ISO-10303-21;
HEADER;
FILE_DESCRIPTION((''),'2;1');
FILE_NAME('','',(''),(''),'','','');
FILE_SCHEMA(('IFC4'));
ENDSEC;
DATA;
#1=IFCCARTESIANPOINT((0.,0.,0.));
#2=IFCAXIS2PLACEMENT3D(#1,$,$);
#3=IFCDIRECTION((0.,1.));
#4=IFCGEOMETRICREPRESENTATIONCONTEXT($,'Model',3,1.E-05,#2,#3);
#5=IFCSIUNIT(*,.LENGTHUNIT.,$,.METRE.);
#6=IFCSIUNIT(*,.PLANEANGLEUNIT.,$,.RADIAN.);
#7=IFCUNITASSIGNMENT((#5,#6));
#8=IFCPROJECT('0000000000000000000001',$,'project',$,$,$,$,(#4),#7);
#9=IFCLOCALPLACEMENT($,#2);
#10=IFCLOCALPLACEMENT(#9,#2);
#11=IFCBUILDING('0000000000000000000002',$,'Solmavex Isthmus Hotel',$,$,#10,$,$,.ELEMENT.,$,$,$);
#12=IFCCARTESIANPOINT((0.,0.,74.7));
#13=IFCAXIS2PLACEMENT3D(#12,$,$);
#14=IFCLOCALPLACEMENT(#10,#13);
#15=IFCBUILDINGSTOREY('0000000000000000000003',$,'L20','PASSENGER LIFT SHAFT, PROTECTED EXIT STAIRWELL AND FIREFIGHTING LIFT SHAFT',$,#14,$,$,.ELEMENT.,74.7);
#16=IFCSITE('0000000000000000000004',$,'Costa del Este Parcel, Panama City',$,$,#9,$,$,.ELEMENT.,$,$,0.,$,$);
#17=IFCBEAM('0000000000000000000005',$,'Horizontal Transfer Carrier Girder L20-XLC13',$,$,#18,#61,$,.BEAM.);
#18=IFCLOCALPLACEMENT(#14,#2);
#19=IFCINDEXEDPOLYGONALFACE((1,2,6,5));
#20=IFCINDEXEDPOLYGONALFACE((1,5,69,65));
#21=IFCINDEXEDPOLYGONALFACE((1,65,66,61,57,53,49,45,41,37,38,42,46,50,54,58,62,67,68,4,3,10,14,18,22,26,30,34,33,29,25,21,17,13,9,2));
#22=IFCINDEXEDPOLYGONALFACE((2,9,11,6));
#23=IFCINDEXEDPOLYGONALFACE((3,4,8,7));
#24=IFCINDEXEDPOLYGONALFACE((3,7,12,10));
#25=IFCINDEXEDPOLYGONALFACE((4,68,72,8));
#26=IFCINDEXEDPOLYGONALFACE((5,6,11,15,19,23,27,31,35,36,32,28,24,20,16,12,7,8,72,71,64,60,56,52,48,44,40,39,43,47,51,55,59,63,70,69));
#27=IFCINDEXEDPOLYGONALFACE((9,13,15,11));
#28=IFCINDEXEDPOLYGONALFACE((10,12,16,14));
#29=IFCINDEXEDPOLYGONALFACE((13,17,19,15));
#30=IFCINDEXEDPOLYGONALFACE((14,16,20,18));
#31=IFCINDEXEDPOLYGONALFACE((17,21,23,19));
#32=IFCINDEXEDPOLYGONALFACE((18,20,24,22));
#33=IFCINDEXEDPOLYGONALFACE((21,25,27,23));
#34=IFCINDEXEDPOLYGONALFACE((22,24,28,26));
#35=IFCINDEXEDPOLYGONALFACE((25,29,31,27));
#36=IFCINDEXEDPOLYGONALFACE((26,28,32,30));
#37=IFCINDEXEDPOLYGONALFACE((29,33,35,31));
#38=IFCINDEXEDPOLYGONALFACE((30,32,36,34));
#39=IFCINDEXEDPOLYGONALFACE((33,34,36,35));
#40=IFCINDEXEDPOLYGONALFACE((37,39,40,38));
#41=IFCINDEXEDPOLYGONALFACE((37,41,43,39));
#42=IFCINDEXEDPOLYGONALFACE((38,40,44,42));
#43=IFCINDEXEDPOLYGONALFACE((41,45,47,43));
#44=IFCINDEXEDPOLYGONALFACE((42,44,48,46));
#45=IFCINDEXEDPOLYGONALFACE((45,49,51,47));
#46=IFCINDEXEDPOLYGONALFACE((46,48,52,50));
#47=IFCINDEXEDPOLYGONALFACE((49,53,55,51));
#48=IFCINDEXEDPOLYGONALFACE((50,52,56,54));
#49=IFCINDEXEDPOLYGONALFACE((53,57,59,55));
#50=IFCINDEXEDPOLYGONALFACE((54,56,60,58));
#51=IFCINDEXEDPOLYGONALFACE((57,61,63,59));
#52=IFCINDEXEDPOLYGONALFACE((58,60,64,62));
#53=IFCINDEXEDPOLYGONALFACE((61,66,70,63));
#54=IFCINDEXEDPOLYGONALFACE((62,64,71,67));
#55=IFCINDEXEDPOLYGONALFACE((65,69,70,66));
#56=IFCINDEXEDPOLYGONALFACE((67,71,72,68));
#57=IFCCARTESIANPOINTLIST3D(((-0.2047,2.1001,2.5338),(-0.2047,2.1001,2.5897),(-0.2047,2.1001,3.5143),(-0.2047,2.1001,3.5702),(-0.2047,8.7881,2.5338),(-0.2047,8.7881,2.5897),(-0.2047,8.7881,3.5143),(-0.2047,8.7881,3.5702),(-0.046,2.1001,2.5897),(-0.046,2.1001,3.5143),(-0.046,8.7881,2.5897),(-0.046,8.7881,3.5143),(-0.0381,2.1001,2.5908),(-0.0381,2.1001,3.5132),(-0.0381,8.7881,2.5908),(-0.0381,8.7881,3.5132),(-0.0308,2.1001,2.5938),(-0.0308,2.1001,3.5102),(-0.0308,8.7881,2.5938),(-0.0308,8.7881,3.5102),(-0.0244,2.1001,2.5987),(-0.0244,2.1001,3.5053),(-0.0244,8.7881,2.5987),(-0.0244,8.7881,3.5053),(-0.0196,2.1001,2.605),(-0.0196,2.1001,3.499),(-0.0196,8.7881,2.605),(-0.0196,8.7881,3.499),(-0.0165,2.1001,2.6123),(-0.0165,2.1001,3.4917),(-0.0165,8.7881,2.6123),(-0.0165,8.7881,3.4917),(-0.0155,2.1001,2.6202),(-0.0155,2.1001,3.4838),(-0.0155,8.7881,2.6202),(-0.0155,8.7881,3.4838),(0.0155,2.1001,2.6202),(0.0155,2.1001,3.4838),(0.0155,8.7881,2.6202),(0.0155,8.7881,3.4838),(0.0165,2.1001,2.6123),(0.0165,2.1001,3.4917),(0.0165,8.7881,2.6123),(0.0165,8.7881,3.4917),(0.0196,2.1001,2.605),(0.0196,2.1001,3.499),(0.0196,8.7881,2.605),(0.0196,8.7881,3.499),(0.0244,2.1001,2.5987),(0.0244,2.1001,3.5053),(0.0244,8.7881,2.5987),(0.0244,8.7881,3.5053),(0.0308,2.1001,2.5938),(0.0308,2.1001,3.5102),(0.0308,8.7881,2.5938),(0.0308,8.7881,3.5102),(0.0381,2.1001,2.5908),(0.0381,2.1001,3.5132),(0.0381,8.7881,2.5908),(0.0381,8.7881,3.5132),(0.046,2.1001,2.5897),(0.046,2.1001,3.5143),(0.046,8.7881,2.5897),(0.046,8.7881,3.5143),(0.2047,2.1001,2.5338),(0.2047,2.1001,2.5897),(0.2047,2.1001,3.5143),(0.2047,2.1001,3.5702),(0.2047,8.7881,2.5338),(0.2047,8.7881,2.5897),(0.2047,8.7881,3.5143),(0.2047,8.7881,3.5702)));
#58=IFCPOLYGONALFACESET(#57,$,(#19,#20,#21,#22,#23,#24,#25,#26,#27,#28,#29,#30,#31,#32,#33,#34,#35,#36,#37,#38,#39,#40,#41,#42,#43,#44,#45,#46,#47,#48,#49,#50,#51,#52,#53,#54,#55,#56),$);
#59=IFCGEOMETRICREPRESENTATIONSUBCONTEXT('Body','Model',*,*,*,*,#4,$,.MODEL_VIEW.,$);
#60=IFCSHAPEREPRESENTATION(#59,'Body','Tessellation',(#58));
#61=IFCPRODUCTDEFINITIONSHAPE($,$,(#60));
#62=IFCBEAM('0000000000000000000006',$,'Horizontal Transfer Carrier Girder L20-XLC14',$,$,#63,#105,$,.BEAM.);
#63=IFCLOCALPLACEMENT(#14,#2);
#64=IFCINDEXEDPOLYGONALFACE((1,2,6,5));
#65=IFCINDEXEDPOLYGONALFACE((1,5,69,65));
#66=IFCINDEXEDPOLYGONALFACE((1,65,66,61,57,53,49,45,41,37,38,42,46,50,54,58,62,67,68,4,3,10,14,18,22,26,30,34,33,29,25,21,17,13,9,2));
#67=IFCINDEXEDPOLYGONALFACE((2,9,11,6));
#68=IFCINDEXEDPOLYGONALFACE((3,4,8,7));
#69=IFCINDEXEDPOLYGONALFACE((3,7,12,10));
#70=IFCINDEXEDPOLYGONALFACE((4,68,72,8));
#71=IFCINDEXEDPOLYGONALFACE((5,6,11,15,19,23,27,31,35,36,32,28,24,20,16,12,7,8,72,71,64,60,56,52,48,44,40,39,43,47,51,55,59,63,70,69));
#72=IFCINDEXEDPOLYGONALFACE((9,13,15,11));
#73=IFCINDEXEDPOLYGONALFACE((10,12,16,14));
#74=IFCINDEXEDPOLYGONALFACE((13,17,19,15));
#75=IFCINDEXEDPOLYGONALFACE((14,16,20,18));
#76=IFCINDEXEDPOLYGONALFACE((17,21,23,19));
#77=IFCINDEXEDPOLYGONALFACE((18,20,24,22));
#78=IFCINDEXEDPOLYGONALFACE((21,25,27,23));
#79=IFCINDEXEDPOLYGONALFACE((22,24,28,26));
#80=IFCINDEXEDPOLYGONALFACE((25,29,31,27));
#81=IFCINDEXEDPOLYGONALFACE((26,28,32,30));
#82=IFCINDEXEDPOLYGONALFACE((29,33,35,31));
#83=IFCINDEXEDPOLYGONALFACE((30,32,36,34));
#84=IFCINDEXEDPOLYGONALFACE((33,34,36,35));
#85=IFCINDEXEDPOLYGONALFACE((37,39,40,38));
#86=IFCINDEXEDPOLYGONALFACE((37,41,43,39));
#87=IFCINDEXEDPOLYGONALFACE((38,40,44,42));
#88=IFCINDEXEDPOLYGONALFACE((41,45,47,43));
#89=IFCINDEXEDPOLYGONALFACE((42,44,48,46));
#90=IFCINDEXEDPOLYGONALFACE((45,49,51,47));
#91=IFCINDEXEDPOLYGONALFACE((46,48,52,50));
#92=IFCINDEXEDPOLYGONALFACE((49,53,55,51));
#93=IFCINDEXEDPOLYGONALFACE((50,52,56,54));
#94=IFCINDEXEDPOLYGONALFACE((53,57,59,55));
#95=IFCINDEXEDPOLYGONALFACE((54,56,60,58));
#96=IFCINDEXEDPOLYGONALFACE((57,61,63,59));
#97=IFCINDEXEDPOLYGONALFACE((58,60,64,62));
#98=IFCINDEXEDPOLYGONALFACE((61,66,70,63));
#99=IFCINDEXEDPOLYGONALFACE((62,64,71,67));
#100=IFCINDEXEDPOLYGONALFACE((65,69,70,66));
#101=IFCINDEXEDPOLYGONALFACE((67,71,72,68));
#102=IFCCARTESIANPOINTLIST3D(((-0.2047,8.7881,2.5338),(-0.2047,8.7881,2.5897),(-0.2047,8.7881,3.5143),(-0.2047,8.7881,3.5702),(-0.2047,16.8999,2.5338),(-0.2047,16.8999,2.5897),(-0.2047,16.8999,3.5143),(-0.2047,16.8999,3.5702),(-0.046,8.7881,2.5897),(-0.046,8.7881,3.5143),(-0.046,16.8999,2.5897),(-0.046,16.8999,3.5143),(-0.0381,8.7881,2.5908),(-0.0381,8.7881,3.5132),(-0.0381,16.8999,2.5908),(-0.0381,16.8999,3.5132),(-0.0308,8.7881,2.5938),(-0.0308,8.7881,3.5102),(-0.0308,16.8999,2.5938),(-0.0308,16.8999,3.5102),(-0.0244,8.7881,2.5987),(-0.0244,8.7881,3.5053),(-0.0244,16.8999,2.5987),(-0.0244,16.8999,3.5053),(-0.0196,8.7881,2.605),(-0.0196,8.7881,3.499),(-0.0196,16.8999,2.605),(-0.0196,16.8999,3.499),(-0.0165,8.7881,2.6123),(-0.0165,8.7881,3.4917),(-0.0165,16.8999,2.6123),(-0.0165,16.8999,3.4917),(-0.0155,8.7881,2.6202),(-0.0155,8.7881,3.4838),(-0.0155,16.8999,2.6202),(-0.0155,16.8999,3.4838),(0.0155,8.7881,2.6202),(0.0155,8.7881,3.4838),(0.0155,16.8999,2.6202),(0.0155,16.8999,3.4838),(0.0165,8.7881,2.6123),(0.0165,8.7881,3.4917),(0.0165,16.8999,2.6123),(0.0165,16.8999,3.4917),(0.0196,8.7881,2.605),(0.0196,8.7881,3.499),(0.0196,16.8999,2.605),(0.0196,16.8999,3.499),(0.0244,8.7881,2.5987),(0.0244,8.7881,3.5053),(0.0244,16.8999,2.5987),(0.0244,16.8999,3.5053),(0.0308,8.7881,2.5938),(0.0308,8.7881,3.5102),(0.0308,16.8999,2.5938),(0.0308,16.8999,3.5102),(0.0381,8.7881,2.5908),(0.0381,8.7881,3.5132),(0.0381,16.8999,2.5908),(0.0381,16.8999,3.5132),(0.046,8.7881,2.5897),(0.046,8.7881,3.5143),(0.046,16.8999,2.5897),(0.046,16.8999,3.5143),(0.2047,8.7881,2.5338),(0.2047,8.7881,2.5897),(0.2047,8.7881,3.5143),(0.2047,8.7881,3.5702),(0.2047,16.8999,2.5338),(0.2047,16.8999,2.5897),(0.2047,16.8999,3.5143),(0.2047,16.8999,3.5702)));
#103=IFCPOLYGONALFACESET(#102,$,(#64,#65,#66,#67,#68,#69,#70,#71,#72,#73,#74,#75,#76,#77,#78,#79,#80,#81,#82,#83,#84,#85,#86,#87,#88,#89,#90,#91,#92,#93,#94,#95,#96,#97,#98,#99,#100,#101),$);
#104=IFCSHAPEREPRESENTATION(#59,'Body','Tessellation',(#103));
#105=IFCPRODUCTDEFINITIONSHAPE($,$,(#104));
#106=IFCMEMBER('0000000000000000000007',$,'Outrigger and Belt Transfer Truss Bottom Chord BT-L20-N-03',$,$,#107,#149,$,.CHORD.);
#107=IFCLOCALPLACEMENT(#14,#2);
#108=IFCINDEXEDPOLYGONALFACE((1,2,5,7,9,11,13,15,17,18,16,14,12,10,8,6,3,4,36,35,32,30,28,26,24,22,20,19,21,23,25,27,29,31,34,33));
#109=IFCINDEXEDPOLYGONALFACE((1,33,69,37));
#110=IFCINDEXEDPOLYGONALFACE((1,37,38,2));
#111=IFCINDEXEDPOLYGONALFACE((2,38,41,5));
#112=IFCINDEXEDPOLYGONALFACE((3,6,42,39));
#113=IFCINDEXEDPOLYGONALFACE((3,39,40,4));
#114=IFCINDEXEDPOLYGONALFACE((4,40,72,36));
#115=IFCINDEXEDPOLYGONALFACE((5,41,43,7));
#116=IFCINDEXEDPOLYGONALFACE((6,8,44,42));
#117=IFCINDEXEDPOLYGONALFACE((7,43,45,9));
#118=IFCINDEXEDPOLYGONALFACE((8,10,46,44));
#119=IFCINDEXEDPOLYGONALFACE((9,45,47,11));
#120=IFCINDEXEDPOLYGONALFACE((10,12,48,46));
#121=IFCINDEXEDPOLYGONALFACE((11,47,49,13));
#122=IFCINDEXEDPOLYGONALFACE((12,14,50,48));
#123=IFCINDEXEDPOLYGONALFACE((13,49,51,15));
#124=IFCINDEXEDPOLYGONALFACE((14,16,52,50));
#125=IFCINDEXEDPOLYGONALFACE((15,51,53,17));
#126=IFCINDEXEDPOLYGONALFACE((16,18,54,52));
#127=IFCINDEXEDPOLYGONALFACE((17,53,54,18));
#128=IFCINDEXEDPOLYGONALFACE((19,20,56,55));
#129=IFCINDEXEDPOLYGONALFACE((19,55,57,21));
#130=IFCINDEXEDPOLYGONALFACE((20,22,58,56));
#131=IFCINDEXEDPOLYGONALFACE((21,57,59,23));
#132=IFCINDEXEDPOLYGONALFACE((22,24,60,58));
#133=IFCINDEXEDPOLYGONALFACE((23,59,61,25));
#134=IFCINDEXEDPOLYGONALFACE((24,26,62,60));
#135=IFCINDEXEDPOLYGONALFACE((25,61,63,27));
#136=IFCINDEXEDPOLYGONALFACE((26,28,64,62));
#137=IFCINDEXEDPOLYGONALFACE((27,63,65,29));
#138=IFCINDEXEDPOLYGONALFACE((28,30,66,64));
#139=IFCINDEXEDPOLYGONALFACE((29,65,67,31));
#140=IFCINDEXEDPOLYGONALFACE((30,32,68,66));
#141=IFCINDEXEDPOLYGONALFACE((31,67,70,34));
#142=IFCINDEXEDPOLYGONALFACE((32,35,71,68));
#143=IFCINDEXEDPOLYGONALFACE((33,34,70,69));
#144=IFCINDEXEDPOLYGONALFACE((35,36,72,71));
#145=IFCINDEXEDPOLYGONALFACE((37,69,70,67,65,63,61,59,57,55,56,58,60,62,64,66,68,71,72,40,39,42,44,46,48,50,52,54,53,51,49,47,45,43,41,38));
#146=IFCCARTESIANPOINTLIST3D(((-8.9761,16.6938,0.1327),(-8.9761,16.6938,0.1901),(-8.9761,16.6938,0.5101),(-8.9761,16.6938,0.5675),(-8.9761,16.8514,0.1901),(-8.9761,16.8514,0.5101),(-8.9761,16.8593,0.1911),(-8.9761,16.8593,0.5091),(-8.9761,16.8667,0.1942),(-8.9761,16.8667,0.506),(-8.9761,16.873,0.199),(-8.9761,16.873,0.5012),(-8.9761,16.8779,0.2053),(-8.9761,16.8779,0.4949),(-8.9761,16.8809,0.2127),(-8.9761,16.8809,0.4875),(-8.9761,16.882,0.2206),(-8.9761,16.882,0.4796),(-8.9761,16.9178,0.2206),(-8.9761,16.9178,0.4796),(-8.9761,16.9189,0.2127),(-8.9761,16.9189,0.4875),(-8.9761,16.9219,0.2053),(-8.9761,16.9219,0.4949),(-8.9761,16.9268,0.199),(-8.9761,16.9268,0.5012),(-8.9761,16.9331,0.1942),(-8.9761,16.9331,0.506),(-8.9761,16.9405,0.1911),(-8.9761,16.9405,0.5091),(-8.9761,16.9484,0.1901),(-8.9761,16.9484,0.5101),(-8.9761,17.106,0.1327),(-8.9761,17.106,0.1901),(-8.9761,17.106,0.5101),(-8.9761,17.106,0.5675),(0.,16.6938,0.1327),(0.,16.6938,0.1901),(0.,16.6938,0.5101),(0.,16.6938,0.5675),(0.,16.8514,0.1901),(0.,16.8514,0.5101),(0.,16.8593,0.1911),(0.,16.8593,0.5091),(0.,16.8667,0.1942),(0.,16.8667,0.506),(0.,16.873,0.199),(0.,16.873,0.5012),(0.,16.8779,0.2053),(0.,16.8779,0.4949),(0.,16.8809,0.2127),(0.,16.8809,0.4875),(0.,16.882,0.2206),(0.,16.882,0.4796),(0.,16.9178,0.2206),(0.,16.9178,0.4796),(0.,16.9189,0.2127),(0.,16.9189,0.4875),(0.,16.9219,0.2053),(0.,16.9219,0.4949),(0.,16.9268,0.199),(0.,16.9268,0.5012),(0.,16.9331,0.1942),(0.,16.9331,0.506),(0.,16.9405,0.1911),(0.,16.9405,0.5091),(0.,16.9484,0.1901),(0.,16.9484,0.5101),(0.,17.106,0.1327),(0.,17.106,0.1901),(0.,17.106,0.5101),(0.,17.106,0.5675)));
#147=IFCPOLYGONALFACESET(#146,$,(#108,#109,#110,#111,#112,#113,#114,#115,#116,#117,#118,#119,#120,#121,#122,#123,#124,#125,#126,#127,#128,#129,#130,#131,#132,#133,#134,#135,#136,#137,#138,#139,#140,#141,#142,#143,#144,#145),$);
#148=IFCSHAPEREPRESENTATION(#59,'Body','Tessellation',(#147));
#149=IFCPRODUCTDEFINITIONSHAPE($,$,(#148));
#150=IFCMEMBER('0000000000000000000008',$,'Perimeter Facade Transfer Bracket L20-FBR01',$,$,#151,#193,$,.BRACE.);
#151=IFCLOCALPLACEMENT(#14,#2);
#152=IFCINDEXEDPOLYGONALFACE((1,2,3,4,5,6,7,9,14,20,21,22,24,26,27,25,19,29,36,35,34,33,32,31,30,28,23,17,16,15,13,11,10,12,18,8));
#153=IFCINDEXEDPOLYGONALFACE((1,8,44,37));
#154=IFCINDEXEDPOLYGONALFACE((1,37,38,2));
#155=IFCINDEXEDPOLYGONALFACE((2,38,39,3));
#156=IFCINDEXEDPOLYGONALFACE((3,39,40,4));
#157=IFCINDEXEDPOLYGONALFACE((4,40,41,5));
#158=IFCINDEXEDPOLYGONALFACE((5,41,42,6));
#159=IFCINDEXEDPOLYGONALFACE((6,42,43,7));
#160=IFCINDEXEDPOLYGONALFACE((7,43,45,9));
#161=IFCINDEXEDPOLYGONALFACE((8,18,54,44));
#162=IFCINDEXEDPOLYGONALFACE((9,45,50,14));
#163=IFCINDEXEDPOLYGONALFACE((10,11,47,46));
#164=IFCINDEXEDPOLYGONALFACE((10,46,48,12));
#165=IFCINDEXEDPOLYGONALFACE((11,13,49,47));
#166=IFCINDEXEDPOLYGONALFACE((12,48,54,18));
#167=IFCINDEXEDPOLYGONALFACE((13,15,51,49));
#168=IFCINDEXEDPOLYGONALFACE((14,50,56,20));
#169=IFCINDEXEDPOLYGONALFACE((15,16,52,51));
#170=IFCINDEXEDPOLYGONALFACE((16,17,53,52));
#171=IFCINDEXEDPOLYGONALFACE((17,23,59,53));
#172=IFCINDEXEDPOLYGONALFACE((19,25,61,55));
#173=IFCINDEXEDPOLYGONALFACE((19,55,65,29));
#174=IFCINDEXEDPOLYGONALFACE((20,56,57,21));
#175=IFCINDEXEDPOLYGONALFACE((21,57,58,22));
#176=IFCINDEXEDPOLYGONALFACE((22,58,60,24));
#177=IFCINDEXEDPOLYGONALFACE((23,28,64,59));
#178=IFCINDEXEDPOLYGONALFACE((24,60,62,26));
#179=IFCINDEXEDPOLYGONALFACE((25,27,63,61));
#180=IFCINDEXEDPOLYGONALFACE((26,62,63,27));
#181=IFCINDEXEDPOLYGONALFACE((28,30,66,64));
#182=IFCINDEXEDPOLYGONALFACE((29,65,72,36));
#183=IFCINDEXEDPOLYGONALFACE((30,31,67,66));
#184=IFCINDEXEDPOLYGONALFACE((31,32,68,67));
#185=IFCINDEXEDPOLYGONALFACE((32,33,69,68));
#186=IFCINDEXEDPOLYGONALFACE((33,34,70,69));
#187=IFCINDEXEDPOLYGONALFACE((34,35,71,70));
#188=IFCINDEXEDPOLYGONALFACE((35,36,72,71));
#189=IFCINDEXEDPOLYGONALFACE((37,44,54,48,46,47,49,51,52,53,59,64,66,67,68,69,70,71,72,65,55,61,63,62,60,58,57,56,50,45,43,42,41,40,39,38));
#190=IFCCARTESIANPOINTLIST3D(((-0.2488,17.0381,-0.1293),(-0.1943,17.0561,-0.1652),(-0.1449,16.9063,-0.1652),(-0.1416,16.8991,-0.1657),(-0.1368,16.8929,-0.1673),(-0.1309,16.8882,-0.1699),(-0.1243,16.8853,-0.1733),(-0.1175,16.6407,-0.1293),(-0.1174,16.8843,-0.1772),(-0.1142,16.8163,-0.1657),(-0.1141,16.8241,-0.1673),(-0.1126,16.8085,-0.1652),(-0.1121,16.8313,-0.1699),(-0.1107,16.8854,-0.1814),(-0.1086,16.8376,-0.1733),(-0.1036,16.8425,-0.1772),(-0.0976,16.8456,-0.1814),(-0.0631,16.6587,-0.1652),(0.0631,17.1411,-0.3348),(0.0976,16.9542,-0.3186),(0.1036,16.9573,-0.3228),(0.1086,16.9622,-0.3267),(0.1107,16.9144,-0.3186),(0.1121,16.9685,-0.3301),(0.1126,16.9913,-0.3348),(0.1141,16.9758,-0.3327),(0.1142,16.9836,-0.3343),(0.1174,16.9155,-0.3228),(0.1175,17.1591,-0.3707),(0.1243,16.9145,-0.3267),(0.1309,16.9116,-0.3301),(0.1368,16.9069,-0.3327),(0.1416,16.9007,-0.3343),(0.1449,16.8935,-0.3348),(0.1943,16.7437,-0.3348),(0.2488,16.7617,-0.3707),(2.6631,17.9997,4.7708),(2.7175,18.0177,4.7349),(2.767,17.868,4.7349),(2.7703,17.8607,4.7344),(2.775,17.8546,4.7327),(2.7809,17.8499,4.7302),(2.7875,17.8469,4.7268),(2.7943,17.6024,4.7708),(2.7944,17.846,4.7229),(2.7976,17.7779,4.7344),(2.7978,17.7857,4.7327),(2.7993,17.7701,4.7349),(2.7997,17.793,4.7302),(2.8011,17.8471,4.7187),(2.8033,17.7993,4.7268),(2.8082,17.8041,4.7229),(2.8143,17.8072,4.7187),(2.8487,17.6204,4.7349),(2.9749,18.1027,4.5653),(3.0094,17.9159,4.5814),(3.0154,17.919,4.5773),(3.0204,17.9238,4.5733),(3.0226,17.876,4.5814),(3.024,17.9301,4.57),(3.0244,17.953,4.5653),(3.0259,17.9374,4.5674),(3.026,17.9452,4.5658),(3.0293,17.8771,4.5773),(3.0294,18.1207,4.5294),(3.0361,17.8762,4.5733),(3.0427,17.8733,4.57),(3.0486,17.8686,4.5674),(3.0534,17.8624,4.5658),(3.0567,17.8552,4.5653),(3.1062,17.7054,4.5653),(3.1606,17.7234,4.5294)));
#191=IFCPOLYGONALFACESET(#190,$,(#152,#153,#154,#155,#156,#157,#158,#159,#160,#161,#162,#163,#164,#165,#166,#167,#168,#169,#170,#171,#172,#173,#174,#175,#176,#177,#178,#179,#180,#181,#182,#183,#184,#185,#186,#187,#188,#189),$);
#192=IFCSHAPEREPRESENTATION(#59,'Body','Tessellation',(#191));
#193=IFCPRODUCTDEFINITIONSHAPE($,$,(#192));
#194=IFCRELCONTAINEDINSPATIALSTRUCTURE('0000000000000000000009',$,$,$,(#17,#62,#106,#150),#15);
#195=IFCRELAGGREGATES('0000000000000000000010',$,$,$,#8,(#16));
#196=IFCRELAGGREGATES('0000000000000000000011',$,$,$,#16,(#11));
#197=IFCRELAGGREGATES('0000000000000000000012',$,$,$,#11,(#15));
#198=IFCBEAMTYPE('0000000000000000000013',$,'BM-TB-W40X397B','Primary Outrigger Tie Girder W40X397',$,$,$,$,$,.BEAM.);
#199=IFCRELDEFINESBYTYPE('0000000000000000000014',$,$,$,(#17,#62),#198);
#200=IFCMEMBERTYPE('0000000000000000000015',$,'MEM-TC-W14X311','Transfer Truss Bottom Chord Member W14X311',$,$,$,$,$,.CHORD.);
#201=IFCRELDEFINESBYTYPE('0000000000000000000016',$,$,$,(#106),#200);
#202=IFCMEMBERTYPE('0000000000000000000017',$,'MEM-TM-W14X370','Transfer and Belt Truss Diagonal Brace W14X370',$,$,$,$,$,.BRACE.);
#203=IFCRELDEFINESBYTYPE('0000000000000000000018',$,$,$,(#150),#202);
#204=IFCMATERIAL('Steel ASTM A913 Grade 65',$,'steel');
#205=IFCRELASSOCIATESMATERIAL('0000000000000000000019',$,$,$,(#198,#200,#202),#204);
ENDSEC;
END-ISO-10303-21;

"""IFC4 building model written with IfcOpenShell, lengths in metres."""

from ifc_helpers import new_model, si_unit, direction, frame, origin, origin_2d, place, context, subcontext, project, spatial, i_section, extrude, material, material_profile, profile_set, type_object, element, save


model = new_model("IFC4")

# Units and contexts
model_context = context("Model", 3, precision=1e-05, world=origin(), true_north=direction((0.0, 1.0)))
body_context = subcontext(model_context, "Body", "Model", "MODEL_VIEW")
ifc_project = project(units=[si_unit("LENGTHUNIT", "METRE"), si_unit("PLANEANGLEUNIT", "RADIAN")], contexts=[model_context])

# Site, building, storey
site_placement = place(None, origin())
site = spatial("IfcSite", under=ifc_project, at=site_placement, Name="Costa del Este Parcel, Panama City", CompositionType="ELEMENT", RefElevation=0.0)
building_placement = place(site_placement, origin())
building = spatial("IfcBuilding", under=site, at=building_placement, Name="Solmavex Isthmus Hotel", CompositionType="ELEMENT")
storey_placement = place(building_placement, frame((0.0, 0.0, 74.7)))
storey = spatial("IfcBuildingStorey", under=building, at=storey_placement, Name="L20", Description="PASSENGER LIFT SHAFT, PROTECTED EXIT STAIRWELL AND FIREFIGHTING LIFT SHAFT", CompositionType="ELEMENT", Elevation=74.7)

# Shared definitions
ifc_material_1 = material(Name="Steel ASTM A913 Grade 65", Category="steel")

# Beams
ifc_material_profile_1 = material_profile(ifc_material_1, i_section(OverallWidth=0.4094, OverallDepth=1.0364, WebThickness=0.031, FlangeThickness=0.0559, FilletRadius=0.0305, at=origin_2d()), Name="W40X397")
ifc_profile_set_1 = profile_set([ifc_material_profile_1], Name="Steel ASTM A913 Grade 65")
beam_type_1 = type_object("IfcBeamType", Name="BM-TB-W40X397B", Description="Primary Outrigger Tie Girder W40X397", PredefinedType="BEAM", material=ifc_profile_set_1)
beam_1_placement = place(storey_placement, frame((0.0, 2.1001, 3.052), z_axis=(0.0, 1.0, 0.0), x_axis=(-1.0, 0.0, 0.0)))
element("IfcBeam", 1, at=beam_1_placement, inside=storey, type_object=beam_type_1, Name="Horizontal Transfer Carrier Girder L20-XLC13", PredefinedType="BEAM", context=body_context, shape_type="SweptSolid", body=[
    extrude(i_section(OverallWidth=0.4094, OverallDepth=1.0364, WebThickness=0.031, FlangeThickness=0.0559, FilletRadius=0.0305, at=origin_2d()), origin(), (0.0, 0.0, 1.0), 6.688),
])
beam_2_placement = place(storey_placement, frame((0.0, 8.7881, 3.052), z_axis=(0.0, 1.0, 0.0), x_axis=(-1.0, 0.0, 0.0)))
element("IfcBeam", 2, at=beam_2_placement, inside=storey, type_object=beam_type_1, Name="Horizontal Transfer Carrier Girder L20-XLC14", PredefinedType="BEAM", context=body_context, shape_type="SweptSolid", body=[
    extrude(i_section(OverallWidth=0.4094, OverallDepth=1.0364, WebThickness=0.031, FlangeThickness=0.0559, FilletRadius=0.0305, at=origin_2d()), origin(), (0.0, 0.0, 1.0), 8.1118),
])

# Members
ifc_material_profile_2 = material_profile(ifc_material_1, i_section(OverallWidth=0.4121, OverallDepth=0.4348, WebThickness=0.0359, FlangeThickness=0.0574, FilletRadius=0.0305, at=origin_2d()), Name="W14X311")
ifc_profile_set_2 = profile_set([ifc_material_profile_2], Name="Steel ASTM A913 Grade 65")
member_type_1 = type_object("IfcMemberType", Name="MEM-TC-W14X311", Description="Transfer Truss Bottom Chord Member W14X311", PredefinedType="CHORD", material=ifc_profile_set_2)
member_1_placement = place(storey_placement, frame((-8.9761, 16.8999, 0.3501), z_axis=(1.0, 0.0, 0.0), x_axis=(0.0, 1.0, 0.0)))
element("IfcMember", 3, at=member_1_placement, inside=storey, type_object=member_type_1, Name="Outrigger and Belt Transfer Truss Bottom Chord BT-L20-N-03", PredefinedType="CHORD", context=body_context, shape_type="SweptSolid", body=[
    extrude(i_section(OverallWidth=0.4121, OverallDepth=0.4348, WebThickness=0.0359, FlangeThickness=0.0574, FilletRadius=0.0305, at=origin_2d()), origin(), (0.0, 0.0, 1.0), 8.9761),
])
ifc_material_profile_3 = material_profile(ifc_material_1, i_section(OverallWidth=0.4185, OverallDepth=0.4551, WebThickness=0.042, FlangeThickness=0.0676, FilletRadius=0.0305, at=origin_2d()), Name="W14X370")
ifc_profile_set_3 = profile_set([ifc_material_profile_3], Name="Steel ASTM A913 Grade 65")
member_type_2 = type_object("IfcMemberType", Name="MEM-TM-W14X370", Description="Transfer and Belt Truss Diagonal Brace W14X370", PredefinedType="BRACE", material=ifc_profile_set_3)
member_2_placement = place(storey_placement, frame((0.0, 16.8999, -0.25), z_axis=(0.503732, 0.166362, 0.84769), x_axis=(-0.313599, 0.949555, 0.0)))
element("IfcMember", 4, at=member_2_placement, inside=storey, type_object=member_type_2, Name="Perimeter Facade Transfer Bracket L20-FBR01", PredefinedType="BRACE", context=body_context, shape_type="SweptSolid", body=[
    extrude(i_section(OverallWidth=0.4185, OverallDepth=0.4551, WebThickness=0.042, FlangeThickness=0.0676, FilletRadius=0.0305, at=origin_2d()), origin(), (0.0, 0.0, 1.0), 5.7805),
])

save(model, "model.ifc")
